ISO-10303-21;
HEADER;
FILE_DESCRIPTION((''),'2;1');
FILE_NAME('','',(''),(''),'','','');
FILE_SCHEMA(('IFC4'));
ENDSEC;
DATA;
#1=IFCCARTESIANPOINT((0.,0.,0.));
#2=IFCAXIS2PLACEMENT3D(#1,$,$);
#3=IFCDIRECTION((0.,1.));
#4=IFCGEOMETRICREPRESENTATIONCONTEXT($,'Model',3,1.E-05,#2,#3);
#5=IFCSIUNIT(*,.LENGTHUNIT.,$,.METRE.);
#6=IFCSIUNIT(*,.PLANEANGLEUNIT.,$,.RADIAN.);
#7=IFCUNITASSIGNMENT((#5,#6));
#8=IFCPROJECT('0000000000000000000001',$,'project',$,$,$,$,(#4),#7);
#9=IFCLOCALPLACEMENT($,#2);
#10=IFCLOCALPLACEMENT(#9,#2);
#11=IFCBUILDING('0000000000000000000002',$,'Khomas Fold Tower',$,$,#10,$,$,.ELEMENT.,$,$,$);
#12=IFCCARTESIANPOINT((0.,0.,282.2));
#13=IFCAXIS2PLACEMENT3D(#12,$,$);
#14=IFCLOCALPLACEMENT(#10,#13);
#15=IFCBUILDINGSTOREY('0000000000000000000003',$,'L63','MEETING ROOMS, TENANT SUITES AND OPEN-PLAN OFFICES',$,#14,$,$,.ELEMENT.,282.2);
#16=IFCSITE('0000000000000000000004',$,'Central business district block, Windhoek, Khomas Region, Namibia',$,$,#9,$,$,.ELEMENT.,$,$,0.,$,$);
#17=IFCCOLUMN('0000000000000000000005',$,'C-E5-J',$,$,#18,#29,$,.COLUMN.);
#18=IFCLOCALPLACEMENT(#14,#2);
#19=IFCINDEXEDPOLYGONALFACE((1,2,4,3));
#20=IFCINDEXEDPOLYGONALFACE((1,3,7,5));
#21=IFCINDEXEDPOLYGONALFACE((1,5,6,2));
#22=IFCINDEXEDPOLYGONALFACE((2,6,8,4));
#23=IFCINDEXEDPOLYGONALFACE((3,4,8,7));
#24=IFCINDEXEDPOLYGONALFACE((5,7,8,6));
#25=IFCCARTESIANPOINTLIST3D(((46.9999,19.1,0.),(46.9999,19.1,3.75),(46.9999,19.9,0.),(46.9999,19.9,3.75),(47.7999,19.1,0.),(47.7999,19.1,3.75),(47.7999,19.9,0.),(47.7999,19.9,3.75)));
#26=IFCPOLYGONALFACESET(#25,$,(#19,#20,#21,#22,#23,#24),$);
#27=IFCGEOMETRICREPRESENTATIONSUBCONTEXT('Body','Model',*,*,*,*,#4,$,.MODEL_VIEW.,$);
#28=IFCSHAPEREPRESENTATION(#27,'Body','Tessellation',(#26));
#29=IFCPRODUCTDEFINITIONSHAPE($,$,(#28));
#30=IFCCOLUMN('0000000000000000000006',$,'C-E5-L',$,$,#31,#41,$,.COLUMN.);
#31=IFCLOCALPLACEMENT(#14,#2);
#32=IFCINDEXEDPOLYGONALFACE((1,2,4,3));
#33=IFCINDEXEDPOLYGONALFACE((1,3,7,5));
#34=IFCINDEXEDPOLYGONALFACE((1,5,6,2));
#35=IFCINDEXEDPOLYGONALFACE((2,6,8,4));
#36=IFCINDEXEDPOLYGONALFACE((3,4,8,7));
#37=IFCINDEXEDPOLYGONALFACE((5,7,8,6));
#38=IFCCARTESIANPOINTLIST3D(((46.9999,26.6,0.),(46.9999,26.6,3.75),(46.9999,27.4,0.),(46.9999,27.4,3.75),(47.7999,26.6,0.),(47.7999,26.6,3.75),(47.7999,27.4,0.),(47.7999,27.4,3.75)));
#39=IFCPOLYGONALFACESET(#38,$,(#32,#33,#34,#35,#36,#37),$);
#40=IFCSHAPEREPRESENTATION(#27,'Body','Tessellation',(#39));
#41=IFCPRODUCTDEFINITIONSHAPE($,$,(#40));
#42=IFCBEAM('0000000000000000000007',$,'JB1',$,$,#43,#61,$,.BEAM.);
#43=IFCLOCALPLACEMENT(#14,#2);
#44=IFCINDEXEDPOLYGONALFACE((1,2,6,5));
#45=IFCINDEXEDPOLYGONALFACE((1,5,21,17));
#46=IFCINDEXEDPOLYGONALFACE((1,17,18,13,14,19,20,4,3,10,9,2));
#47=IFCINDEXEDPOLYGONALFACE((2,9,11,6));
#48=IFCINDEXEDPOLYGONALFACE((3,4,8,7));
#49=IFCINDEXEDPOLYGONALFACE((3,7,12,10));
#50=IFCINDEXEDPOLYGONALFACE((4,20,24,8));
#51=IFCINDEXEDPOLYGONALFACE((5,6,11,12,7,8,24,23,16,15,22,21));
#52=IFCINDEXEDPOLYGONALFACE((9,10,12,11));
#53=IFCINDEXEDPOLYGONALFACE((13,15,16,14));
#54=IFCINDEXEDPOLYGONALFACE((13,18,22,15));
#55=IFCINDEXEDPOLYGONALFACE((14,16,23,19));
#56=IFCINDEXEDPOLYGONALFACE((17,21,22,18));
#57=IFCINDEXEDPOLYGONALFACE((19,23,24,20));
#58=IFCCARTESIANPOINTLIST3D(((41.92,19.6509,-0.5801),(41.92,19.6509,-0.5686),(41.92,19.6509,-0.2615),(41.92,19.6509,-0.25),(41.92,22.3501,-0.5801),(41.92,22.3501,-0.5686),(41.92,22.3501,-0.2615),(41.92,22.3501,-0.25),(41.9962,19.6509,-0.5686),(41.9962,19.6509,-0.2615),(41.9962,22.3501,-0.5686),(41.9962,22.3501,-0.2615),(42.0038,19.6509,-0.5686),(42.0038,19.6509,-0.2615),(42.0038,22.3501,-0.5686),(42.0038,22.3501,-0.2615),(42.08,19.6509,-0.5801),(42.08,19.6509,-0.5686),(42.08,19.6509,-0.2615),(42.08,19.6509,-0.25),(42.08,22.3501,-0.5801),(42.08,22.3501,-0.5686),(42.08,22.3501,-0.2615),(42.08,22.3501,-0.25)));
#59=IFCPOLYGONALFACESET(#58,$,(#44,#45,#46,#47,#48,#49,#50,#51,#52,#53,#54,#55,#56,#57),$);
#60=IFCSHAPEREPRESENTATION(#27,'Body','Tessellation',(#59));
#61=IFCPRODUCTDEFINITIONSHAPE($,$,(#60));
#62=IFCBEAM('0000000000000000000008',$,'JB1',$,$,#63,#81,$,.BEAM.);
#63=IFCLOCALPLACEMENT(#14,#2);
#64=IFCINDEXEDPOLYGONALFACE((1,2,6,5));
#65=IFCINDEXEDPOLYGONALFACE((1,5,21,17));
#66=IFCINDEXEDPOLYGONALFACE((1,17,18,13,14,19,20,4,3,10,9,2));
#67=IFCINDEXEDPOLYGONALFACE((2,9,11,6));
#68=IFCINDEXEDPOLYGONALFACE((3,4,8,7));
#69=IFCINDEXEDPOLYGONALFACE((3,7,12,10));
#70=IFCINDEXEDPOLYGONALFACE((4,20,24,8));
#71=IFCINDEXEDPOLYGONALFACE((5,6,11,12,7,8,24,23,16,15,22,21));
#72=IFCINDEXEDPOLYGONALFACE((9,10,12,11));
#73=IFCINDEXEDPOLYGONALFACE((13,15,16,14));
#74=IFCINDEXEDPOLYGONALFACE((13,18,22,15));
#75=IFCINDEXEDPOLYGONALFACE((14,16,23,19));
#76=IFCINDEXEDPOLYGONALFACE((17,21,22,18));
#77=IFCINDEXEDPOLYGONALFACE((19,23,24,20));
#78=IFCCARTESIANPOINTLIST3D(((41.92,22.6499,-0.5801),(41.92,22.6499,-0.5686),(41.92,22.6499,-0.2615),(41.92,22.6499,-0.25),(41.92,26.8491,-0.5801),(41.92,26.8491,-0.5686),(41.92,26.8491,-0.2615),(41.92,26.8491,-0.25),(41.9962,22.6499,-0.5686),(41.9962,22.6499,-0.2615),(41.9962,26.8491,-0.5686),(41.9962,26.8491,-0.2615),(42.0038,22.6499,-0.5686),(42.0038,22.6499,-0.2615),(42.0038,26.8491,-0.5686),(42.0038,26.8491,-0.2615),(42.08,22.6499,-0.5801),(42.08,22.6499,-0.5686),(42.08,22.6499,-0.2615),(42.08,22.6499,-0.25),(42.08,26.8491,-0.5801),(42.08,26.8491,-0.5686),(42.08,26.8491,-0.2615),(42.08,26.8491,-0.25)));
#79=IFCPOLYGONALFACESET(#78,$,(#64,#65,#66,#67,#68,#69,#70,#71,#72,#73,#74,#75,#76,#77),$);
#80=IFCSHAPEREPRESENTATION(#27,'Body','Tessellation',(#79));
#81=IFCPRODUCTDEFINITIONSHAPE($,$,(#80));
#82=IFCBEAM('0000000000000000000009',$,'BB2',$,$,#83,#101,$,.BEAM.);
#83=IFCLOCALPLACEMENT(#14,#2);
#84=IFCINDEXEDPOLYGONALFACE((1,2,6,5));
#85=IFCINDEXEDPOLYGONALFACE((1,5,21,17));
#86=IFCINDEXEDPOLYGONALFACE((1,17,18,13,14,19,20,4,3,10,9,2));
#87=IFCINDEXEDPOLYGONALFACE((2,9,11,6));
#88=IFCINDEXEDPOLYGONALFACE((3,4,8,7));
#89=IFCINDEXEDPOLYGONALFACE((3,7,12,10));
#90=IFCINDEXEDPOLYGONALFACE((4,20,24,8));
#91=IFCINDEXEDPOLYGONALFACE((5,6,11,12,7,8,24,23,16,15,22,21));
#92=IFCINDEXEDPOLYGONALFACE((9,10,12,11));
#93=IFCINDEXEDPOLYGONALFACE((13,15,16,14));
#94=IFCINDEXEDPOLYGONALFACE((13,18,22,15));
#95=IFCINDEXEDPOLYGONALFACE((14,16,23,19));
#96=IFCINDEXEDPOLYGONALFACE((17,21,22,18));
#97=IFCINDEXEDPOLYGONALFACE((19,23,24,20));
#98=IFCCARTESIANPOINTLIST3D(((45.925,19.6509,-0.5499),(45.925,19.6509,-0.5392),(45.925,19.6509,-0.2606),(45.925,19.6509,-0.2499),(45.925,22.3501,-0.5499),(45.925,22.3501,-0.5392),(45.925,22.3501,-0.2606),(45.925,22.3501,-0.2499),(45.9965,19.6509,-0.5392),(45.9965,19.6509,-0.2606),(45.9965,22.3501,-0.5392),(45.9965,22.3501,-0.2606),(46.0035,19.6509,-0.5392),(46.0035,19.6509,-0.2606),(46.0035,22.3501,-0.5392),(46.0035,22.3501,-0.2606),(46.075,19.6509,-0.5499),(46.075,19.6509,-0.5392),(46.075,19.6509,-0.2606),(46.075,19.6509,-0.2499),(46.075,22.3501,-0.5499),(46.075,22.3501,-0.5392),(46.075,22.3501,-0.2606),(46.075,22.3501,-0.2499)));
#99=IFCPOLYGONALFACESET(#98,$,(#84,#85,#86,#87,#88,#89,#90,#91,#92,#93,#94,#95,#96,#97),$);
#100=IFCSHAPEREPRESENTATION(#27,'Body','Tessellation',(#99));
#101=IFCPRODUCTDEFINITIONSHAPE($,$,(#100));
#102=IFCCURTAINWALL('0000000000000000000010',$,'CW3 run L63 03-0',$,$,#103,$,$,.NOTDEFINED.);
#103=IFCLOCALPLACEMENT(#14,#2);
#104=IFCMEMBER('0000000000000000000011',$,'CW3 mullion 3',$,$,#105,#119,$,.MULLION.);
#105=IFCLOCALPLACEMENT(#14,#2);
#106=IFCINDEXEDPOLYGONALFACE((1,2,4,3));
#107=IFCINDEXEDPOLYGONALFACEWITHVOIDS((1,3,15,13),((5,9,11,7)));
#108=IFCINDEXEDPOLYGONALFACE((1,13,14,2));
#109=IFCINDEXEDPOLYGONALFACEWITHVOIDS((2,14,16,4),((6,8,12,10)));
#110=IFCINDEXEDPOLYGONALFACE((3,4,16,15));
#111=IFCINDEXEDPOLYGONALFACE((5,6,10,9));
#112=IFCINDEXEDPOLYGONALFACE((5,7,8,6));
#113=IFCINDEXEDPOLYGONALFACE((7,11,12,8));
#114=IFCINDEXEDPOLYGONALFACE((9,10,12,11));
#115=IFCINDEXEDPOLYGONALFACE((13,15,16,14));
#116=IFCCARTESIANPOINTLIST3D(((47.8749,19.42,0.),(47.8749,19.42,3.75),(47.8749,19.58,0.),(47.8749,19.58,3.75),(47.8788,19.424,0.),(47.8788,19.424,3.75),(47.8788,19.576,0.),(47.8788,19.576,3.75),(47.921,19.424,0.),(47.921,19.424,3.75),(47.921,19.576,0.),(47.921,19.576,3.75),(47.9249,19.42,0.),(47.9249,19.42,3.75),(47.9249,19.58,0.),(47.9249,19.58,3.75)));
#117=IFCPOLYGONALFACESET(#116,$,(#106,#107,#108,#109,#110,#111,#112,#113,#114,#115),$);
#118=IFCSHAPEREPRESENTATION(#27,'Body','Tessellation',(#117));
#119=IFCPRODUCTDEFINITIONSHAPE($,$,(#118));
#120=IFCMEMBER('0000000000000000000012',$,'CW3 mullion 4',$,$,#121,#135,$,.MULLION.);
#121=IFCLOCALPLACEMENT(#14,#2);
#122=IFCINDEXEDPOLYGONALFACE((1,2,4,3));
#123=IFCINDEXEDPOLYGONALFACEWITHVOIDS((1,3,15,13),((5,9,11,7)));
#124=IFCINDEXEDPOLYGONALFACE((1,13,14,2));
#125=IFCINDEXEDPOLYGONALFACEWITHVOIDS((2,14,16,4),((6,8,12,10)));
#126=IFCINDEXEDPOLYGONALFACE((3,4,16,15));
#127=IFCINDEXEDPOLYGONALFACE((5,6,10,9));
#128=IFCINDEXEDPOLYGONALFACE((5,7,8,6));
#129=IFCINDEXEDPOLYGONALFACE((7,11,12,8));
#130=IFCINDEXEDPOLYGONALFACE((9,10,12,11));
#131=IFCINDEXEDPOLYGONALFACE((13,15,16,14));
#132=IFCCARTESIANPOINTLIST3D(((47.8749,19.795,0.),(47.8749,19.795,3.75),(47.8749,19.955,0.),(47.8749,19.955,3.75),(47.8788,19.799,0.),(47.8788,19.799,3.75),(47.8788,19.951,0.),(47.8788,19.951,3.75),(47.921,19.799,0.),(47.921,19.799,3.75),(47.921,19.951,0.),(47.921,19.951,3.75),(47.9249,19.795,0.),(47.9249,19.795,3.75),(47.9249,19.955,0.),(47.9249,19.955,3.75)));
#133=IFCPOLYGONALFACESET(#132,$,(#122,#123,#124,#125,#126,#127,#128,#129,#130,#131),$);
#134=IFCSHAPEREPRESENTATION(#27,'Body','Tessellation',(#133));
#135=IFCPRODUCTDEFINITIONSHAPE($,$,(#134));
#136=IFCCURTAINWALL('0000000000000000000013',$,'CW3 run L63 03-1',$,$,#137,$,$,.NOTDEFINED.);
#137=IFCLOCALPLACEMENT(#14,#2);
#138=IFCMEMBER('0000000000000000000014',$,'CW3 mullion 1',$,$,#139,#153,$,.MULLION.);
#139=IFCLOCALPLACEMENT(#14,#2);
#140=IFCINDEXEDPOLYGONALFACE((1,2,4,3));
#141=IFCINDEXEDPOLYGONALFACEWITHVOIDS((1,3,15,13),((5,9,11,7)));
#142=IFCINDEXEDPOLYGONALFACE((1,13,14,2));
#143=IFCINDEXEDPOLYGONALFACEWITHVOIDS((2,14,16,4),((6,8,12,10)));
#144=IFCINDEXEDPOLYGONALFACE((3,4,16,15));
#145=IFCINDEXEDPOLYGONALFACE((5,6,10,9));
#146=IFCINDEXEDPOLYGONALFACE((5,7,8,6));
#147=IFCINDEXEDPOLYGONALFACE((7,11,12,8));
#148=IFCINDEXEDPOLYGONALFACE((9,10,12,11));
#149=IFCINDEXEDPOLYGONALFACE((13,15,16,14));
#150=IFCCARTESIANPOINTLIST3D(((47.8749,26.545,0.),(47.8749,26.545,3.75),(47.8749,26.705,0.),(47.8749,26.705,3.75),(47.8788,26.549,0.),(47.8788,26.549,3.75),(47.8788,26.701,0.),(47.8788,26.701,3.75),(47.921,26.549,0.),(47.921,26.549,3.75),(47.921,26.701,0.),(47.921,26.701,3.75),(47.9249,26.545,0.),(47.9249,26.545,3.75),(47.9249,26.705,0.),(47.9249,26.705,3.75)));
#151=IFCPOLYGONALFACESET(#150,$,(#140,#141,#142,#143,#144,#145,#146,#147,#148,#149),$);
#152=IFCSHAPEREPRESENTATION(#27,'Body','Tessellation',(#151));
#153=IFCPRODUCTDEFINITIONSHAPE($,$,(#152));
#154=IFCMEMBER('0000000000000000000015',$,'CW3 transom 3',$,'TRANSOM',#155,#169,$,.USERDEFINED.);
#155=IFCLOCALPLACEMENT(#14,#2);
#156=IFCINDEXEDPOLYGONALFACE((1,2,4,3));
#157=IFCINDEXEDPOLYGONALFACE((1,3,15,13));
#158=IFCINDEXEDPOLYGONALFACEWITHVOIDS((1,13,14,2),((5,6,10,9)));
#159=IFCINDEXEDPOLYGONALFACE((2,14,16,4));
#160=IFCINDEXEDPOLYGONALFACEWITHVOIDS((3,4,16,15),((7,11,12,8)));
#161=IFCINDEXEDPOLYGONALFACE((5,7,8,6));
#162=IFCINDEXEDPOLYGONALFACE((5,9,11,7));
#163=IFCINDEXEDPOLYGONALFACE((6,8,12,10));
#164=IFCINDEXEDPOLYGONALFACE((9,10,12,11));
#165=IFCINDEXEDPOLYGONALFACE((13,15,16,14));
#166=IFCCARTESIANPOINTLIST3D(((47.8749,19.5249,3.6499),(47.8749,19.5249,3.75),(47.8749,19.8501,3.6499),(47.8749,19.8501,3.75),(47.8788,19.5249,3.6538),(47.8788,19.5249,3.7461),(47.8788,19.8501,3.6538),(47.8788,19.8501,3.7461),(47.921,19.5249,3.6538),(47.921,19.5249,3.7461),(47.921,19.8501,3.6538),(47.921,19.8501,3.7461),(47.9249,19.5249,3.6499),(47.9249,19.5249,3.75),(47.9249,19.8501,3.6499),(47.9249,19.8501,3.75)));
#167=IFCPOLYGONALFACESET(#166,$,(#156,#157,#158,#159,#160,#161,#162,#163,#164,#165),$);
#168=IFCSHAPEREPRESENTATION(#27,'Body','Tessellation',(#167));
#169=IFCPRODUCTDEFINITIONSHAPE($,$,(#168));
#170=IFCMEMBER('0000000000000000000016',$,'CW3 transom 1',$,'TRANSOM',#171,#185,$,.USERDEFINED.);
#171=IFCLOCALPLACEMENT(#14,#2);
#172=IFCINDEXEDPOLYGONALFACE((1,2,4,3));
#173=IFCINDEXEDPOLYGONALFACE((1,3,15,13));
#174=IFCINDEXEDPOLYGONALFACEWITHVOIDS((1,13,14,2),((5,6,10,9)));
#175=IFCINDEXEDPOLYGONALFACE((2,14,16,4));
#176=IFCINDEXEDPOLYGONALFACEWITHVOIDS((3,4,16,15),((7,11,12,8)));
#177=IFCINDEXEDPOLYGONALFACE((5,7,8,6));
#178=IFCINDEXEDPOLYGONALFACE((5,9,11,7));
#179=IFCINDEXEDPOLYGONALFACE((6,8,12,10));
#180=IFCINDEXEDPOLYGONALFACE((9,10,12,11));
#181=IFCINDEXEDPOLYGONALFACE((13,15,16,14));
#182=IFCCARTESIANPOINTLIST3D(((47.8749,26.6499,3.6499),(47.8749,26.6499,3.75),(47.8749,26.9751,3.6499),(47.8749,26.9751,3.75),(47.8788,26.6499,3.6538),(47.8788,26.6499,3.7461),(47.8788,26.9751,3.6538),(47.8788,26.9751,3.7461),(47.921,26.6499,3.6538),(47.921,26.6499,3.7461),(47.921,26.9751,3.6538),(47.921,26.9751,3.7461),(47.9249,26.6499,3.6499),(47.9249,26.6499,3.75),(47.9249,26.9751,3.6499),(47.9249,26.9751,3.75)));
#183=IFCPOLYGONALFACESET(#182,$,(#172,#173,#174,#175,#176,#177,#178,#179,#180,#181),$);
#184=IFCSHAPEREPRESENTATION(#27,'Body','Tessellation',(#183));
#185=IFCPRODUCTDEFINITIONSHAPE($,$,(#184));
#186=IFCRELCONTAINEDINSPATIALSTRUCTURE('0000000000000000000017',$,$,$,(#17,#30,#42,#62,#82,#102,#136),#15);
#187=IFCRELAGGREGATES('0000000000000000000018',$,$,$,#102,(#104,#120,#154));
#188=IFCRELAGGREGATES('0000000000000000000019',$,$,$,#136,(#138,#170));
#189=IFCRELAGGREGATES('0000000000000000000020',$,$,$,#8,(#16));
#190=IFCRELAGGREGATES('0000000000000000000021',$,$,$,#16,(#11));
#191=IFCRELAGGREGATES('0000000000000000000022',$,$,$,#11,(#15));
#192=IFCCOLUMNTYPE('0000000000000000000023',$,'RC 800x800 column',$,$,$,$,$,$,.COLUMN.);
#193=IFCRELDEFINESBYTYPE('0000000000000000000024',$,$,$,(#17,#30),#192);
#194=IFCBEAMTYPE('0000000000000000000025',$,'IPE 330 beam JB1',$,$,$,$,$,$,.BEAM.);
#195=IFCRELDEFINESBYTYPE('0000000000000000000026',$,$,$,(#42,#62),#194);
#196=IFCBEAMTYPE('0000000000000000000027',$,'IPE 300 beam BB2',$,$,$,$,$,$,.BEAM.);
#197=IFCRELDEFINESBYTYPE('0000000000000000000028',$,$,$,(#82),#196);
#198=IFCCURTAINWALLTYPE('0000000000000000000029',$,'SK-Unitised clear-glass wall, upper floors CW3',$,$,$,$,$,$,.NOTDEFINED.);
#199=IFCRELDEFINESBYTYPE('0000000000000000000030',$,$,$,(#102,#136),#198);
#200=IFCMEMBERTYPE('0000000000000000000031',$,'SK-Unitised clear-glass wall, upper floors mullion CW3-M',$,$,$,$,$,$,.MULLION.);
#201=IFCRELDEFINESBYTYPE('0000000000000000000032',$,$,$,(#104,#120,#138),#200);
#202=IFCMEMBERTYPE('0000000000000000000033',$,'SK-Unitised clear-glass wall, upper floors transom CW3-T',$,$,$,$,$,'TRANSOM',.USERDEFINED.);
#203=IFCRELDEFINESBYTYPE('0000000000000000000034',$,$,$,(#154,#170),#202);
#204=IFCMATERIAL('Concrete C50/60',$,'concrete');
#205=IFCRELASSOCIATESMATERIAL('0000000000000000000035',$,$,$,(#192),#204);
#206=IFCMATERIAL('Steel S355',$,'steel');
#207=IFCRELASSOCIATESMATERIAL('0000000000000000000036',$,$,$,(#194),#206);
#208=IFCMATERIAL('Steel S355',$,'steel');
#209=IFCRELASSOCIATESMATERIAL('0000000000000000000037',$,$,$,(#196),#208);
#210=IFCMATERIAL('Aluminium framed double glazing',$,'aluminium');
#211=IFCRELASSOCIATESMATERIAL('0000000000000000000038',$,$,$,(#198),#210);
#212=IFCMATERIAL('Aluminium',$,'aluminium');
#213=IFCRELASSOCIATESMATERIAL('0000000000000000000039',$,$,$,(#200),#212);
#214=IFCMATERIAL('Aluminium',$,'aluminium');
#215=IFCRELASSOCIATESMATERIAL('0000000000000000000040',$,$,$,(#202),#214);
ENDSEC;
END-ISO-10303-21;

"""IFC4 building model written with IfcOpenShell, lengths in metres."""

from ifc_helpers import new_model, si_unit, direction, frame, origin, origin_2d, place, context, subcontext, project, spatial, rectangle, hollow_rectangle, i_section, extrude, source, transform, mapped, material, material_profile, profile_set, type_object, element, aggregate, save


model = new_model("IFC4")

# Units and contexts
model_context = context("Model", 3, precision=1e-05, world=origin(), true_north=direction((0.0, 1.0)))
body_context = subcontext(model_context, "Body", "Model", "MODEL_VIEW")
ifc_project = project(units=[si_unit("LENGTHUNIT", "METRE"), si_unit("PLANEANGLEUNIT", "RADIAN")], contexts=[model_context])

# Site, building, storey
site_placement = place(None, origin())
site = spatial("IfcSite", under=ifc_project, at=site_placement, Name="Central business district block, Windhoek, Khomas Region, Namibia", CompositionType="ELEMENT", RefElevation=0.0)
building_placement = place(site_placement, origin())
building = spatial("IfcBuilding", under=site, at=building_placement, Name="Khomas Fold Tower", CompositionType="ELEMENT")
storey_placement = place(building_placement, frame((0.0, 0.0, 282.2)))
storey = spatial("IfcBuildingStorey", under=building, at=storey_placement, Name="L63", Description="MEETING ROOMS, TENANT SUITES AND OPEN-PLAN OFFICES", CompositionType="ELEMENT", Elevation=282.2)

# Columns
ifc_material_1 = material(Name="Concrete C50/60", Category="concrete")
ifc_material_profile_1 = material_profile(ifc_material_1, rectangle(XDim=0.8, YDim=0.8, at=origin_2d()), Name="RC 800x800")
ifc_profile_set_1 = profile_set([ifc_material_profile_1], Name="Concrete C50/60")
column_type = type_object("IfcColumnType", Name="RC 800x800 column", PredefinedType="COLUMN", material=ifc_profile_set_1)
shared_shape_1 = source(origin(), body_context, "Body", "SweptSolid", [
    extrude(rectangle(XDim=0.8, YDim=0.8, at=origin_2d()), origin(), (0.0, 0.0, 1.0), 3.75),
])
for number, where, z_axis, x_axis, name in (
    (1, (47.3999, 19.5, 0.0), (0.0, 0.0, 1.0), (1.0, 0.0, 0.0), "C-E5-J"),
    (2, (47.3999, 27.0, 0.0), (0.0, 0.0, 1.0), (1.0, 0.0, 0.0), "C-E5-L"),
):
    element("IfcColumn", number, at=place(storey_placement, frame(where, z_axis=z_axis, x_axis=x_axis)), inside=storey, type_object=column_type, Name=name, PredefinedType="COLUMN", context=body_context, shape_type="MappedRepresentation", body=[
        mapped(shared_shape_1, transform((0.0, 0.0, 0.0))),
    ])

# Beams
ifc_material_2 = material(Name="Steel S355", Category="steel")
ifc_material_profile_2 = material_profile(ifc_material_2, i_section(OverallWidth=0.1599, OverallDepth=0.3301, WebThickness=0.0076, FlangeThickness=0.0115, at=origin_2d()), Name="IPE 330")
ifc_profile_set_2 = profile_set([ifc_material_profile_2], Name="Steel S355")
beam_type_1 = type_object("IfcBeamType", Name="IPE 330 beam JB1", PredefinedType="BEAM", material=ifc_profile_set_2)
shared_shape_2 = source(origin(), body_context, "Body", "SweptSolid", [
    extrude(i_section(OverallWidth=0.1599, OverallDepth=0.3301, WebThickness=0.0076, FlangeThickness=0.0115, at=origin_2d()), origin(), (0.0, 0.0, 1.0), 2.6992),
])
beam_1_placement = place(storey_placement, frame((42.0, 19.6509, -0.415), z_axis=(0.0, 1.0, 0.0), x_axis=(-1.0, 0.0, 0.0)))
element("IfcBeam", 3, at=beam_1_placement, inside=storey, type_object=beam_type_1, Name="JB1", PredefinedType="BEAM", context=body_context, shape_type="MappedRepresentation", body=[
    mapped(shared_shape_2, transform((0.0, 0.0, 0.0))),
])
shared_shape_3 = source(origin(), body_context, "Body", "SweptSolid", [
    extrude(i_section(OverallWidth=0.1599, OverallDepth=0.3301, WebThickness=0.0076, FlangeThickness=0.0115, at=origin_2d()), origin(), (0.0, 0.0, 1.0), 4.1992),
])
beam_2_placement = place(storey_placement, frame((42.0, 22.6499, -0.415), z_axis=(0.0, 1.0, 0.0), x_axis=(-1.0, 0.0, 0.0)))
element("IfcBeam", 4, at=beam_2_placement, inside=storey, type_object=beam_type_1, Name="JB1", PredefinedType="BEAM", context=body_context, shape_type="MappedRepresentation", body=[
    mapped(shared_shape_3, transform((0.0, 0.0, 0.0))),
])
ifc_material_3 = material(Name="Steel S355", Category="steel")
ifc_material_profile_3 = material_profile(ifc_material_3, i_section(OverallWidth=0.1499, OverallDepth=0.3, WebThickness=0.0071, FlangeThickness=0.0107, at=origin_2d()), Name="IPE 300")
ifc_profile_set_3 = profile_set([ifc_material_profile_3], Name="Steel S355")
beam_type_2 = type_object("IfcBeamType", Name="IPE 300 beam BB2", PredefinedType="BEAM", material=ifc_profile_set_3)
shared_shape_4 = source(origin(), body_context, "Body", "SweptSolid", [
    extrude(i_section(OverallWidth=0.1499, OverallDepth=0.3, WebThickness=0.0071, FlangeThickness=0.0107, at=origin_2d()), origin(), (0.0, 0.0, 1.0), 2.6992),
])
beam_3_placement = place(storey_placement, frame((46.0, 19.6509, -0.3999), z_axis=(0.0, 1.0, 0.0), x_axis=(-1.0, 0.0, 0.0)))
element("IfcBeam", 5, at=beam_3_placement, inside=storey, type_object=beam_type_2, Name="BB2", PredefinedType="BEAM", context=body_context, shape_type="MappedRepresentation", body=[
    mapped(shared_shape_4, transform((0.0, 0.0, 0.0))),
])

# Curtain wall, members
ifc_material_4 = material(Name="Aluminium framed double glazing", Category="aluminium")
curtain_wall_type = type_object("IfcCurtainWallType", Name="SK-Unitised clear-glass wall, upper floors CW3", PredefinedType="NOTDEFINED", material=ifc_material_4)
curtain_wall_1_placement = place(storey_placement, origin())
curtain_wall_1 = element("IfcCurtainWall", 6, at=curtain_wall_1_placement, inside=storey, type_object=curtain_wall_type, Name="CW3 run L63 03-0", PredefinedType="NOTDEFINED")
ifc_material_5 = material(Name="Aluminium", Category="aluminium")
ifc_material_profile_4 = material_profile(ifc_material_5, hollow_rectangle(XDim=0.05, YDim=0.1599, WallThickness=0.0039, at=origin_2d()), Name="SK-Unitised clear-glass wall, upper floors mullion CW3-M")
ifc_profile_set_4 = profile_set([ifc_material_profile_4], Name="Aluminium")
member_type_1 = type_object("IfcMemberType", Name="SK-Unitised clear-glass wall, upper floors mullion CW3-M", PredefinedType="MULLION", material=ifc_profile_set_4)
shared_shape_5 = source(origin(), body_context, "Body", "SweptSolid", [
    extrude(hollow_rectangle(XDim=0.05, YDim=0.1599, WallThickness=0.0039, at=origin_2d()), origin(), (0.0, 0.0, 1.0), 3.75),
])
member_1_placement = place(storey_placement, frame((47.8999, 19.5, 0.0), z_axis=(0.0, 0.0, 1.0), x_axis=(-1.0, 0.0, 0.0)))
member_1 = element("IfcMember", 7, at=member_1_placement, type_object=member_type_1, Name="CW3 mullion 3", PredefinedType="MULLION", context=body_context, shape_type="MappedRepresentation", body=[
    mapped(shared_shape_5, transform((0.0, 0.0, 0.0))),
])
member_2_placement = place(storey_placement, frame((47.8999, 19.875, 0.0), z_axis=(0.0, 0.0, 1.0), x_axis=(-1.0, 0.0, 0.0)))
member_2 = element("IfcMember", 8, at=member_2_placement, type_object=member_type_1, Name="CW3 mullion 4", PredefinedType="MULLION", context=body_context, shape_type="MappedRepresentation", body=[
    mapped(shared_shape_5, transform((0.0, 0.0, 0.0))),
])

# Curtain wall, member
curtain_wall_2_placement = place(storey_placement, origin())
curtain_wall_2 = element("IfcCurtainWall", 9, at=curtain_wall_2_placement, inside=storey, type_object=curtain_wall_type, Name="CW3 run L63 03-1", PredefinedType="NOTDEFINED")
member_3_placement = place(storey_placement, frame((47.8999, 26.625, 0.0), z_axis=(0.0, 0.0, 1.0), x_axis=(-1.0, 0.0, 0.0)))
member_3 = element("IfcMember", 10, at=member_3_placement, type_object=member_type_1, Name="CW3 mullion 1", PredefinedType="MULLION", context=body_context, shape_type="MappedRepresentation", body=[
    mapped(shared_shape_5, transform((0.0, 0.0, 0.0))),
])

# Members
ifc_material_6 = material(Name="Aluminium", Category="aluminium")
ifc_material_profile_5 = material_profile(ifc_material_6, hollow_rectangle(XDim=0.05, YDim=0.1001, WallThickness=0.0039, at=origin_2d()), Name="SK-Unitised clear-glass wall, upper floors transom CW3-T")
ifc_profile_set_5 = profile_set([ifc_material_profile_5], Name="Aluminium")
member_type_2 = type_object("IfcMemberType", Name="SK-Unitised clear-glass wall, upper floors transom CW3-T", ElementType="TRANSOM", PredefinedType="USERDEFINED", material=ifc_profile_set_5)
shared_shape_6 = source(origin(), body_context, "Body", "SweptSolid", [
    extrude(hollow_rectangle(XDim=0.05, YDim=0.1001, WallThickness=0.0039, at=origin_2d()), origin(), (0.0, 0.0, 1.0), 0.3252),
])
member_4_placement = place(storey_placement, frame((47.8999, 19.5249, 3.7), z_axis=(0.0, 1.0, 0.0), x_axis=(-1.0, 0.0, 0.0)))
member_4 = element("IfcMember", 11, at=member_4_placement, type_object=member_type_2, Name="CW3 transom 3", ObjectType="TRANSOM", PredefinedType="USERDEFINED", context=body_context, shape_type="MappedRepresentation", body=[
    mapped(shared_shape_6, transform((0.0, 0.0, 0.0))),
])
member_5_placement = place(storey_placement, frame((47.8999, 26.6499, 3.7), z_axis=(0.0, 1.0, 0.0), x_axis=(-1.0, 0.0, 0.0)))
member_5 = element("IfcMember", 12, at=member_5_placement, type_object=member_type_2, Name="CW3 transom 1", ObjectType="TRANSOM", PredefinedType="USERDEFINED", context=body_context, shape_type="MappedRepresentation", body=[
    mapped(shared_shape_6, transform((0.0, 0.0, 0.0))),
])

aggregate(curtain_wall_1, [member_1, member_2, member_4])
aggregate(curtain_wall_2, [member_3, member_5])

save(model, "model.ifc")
